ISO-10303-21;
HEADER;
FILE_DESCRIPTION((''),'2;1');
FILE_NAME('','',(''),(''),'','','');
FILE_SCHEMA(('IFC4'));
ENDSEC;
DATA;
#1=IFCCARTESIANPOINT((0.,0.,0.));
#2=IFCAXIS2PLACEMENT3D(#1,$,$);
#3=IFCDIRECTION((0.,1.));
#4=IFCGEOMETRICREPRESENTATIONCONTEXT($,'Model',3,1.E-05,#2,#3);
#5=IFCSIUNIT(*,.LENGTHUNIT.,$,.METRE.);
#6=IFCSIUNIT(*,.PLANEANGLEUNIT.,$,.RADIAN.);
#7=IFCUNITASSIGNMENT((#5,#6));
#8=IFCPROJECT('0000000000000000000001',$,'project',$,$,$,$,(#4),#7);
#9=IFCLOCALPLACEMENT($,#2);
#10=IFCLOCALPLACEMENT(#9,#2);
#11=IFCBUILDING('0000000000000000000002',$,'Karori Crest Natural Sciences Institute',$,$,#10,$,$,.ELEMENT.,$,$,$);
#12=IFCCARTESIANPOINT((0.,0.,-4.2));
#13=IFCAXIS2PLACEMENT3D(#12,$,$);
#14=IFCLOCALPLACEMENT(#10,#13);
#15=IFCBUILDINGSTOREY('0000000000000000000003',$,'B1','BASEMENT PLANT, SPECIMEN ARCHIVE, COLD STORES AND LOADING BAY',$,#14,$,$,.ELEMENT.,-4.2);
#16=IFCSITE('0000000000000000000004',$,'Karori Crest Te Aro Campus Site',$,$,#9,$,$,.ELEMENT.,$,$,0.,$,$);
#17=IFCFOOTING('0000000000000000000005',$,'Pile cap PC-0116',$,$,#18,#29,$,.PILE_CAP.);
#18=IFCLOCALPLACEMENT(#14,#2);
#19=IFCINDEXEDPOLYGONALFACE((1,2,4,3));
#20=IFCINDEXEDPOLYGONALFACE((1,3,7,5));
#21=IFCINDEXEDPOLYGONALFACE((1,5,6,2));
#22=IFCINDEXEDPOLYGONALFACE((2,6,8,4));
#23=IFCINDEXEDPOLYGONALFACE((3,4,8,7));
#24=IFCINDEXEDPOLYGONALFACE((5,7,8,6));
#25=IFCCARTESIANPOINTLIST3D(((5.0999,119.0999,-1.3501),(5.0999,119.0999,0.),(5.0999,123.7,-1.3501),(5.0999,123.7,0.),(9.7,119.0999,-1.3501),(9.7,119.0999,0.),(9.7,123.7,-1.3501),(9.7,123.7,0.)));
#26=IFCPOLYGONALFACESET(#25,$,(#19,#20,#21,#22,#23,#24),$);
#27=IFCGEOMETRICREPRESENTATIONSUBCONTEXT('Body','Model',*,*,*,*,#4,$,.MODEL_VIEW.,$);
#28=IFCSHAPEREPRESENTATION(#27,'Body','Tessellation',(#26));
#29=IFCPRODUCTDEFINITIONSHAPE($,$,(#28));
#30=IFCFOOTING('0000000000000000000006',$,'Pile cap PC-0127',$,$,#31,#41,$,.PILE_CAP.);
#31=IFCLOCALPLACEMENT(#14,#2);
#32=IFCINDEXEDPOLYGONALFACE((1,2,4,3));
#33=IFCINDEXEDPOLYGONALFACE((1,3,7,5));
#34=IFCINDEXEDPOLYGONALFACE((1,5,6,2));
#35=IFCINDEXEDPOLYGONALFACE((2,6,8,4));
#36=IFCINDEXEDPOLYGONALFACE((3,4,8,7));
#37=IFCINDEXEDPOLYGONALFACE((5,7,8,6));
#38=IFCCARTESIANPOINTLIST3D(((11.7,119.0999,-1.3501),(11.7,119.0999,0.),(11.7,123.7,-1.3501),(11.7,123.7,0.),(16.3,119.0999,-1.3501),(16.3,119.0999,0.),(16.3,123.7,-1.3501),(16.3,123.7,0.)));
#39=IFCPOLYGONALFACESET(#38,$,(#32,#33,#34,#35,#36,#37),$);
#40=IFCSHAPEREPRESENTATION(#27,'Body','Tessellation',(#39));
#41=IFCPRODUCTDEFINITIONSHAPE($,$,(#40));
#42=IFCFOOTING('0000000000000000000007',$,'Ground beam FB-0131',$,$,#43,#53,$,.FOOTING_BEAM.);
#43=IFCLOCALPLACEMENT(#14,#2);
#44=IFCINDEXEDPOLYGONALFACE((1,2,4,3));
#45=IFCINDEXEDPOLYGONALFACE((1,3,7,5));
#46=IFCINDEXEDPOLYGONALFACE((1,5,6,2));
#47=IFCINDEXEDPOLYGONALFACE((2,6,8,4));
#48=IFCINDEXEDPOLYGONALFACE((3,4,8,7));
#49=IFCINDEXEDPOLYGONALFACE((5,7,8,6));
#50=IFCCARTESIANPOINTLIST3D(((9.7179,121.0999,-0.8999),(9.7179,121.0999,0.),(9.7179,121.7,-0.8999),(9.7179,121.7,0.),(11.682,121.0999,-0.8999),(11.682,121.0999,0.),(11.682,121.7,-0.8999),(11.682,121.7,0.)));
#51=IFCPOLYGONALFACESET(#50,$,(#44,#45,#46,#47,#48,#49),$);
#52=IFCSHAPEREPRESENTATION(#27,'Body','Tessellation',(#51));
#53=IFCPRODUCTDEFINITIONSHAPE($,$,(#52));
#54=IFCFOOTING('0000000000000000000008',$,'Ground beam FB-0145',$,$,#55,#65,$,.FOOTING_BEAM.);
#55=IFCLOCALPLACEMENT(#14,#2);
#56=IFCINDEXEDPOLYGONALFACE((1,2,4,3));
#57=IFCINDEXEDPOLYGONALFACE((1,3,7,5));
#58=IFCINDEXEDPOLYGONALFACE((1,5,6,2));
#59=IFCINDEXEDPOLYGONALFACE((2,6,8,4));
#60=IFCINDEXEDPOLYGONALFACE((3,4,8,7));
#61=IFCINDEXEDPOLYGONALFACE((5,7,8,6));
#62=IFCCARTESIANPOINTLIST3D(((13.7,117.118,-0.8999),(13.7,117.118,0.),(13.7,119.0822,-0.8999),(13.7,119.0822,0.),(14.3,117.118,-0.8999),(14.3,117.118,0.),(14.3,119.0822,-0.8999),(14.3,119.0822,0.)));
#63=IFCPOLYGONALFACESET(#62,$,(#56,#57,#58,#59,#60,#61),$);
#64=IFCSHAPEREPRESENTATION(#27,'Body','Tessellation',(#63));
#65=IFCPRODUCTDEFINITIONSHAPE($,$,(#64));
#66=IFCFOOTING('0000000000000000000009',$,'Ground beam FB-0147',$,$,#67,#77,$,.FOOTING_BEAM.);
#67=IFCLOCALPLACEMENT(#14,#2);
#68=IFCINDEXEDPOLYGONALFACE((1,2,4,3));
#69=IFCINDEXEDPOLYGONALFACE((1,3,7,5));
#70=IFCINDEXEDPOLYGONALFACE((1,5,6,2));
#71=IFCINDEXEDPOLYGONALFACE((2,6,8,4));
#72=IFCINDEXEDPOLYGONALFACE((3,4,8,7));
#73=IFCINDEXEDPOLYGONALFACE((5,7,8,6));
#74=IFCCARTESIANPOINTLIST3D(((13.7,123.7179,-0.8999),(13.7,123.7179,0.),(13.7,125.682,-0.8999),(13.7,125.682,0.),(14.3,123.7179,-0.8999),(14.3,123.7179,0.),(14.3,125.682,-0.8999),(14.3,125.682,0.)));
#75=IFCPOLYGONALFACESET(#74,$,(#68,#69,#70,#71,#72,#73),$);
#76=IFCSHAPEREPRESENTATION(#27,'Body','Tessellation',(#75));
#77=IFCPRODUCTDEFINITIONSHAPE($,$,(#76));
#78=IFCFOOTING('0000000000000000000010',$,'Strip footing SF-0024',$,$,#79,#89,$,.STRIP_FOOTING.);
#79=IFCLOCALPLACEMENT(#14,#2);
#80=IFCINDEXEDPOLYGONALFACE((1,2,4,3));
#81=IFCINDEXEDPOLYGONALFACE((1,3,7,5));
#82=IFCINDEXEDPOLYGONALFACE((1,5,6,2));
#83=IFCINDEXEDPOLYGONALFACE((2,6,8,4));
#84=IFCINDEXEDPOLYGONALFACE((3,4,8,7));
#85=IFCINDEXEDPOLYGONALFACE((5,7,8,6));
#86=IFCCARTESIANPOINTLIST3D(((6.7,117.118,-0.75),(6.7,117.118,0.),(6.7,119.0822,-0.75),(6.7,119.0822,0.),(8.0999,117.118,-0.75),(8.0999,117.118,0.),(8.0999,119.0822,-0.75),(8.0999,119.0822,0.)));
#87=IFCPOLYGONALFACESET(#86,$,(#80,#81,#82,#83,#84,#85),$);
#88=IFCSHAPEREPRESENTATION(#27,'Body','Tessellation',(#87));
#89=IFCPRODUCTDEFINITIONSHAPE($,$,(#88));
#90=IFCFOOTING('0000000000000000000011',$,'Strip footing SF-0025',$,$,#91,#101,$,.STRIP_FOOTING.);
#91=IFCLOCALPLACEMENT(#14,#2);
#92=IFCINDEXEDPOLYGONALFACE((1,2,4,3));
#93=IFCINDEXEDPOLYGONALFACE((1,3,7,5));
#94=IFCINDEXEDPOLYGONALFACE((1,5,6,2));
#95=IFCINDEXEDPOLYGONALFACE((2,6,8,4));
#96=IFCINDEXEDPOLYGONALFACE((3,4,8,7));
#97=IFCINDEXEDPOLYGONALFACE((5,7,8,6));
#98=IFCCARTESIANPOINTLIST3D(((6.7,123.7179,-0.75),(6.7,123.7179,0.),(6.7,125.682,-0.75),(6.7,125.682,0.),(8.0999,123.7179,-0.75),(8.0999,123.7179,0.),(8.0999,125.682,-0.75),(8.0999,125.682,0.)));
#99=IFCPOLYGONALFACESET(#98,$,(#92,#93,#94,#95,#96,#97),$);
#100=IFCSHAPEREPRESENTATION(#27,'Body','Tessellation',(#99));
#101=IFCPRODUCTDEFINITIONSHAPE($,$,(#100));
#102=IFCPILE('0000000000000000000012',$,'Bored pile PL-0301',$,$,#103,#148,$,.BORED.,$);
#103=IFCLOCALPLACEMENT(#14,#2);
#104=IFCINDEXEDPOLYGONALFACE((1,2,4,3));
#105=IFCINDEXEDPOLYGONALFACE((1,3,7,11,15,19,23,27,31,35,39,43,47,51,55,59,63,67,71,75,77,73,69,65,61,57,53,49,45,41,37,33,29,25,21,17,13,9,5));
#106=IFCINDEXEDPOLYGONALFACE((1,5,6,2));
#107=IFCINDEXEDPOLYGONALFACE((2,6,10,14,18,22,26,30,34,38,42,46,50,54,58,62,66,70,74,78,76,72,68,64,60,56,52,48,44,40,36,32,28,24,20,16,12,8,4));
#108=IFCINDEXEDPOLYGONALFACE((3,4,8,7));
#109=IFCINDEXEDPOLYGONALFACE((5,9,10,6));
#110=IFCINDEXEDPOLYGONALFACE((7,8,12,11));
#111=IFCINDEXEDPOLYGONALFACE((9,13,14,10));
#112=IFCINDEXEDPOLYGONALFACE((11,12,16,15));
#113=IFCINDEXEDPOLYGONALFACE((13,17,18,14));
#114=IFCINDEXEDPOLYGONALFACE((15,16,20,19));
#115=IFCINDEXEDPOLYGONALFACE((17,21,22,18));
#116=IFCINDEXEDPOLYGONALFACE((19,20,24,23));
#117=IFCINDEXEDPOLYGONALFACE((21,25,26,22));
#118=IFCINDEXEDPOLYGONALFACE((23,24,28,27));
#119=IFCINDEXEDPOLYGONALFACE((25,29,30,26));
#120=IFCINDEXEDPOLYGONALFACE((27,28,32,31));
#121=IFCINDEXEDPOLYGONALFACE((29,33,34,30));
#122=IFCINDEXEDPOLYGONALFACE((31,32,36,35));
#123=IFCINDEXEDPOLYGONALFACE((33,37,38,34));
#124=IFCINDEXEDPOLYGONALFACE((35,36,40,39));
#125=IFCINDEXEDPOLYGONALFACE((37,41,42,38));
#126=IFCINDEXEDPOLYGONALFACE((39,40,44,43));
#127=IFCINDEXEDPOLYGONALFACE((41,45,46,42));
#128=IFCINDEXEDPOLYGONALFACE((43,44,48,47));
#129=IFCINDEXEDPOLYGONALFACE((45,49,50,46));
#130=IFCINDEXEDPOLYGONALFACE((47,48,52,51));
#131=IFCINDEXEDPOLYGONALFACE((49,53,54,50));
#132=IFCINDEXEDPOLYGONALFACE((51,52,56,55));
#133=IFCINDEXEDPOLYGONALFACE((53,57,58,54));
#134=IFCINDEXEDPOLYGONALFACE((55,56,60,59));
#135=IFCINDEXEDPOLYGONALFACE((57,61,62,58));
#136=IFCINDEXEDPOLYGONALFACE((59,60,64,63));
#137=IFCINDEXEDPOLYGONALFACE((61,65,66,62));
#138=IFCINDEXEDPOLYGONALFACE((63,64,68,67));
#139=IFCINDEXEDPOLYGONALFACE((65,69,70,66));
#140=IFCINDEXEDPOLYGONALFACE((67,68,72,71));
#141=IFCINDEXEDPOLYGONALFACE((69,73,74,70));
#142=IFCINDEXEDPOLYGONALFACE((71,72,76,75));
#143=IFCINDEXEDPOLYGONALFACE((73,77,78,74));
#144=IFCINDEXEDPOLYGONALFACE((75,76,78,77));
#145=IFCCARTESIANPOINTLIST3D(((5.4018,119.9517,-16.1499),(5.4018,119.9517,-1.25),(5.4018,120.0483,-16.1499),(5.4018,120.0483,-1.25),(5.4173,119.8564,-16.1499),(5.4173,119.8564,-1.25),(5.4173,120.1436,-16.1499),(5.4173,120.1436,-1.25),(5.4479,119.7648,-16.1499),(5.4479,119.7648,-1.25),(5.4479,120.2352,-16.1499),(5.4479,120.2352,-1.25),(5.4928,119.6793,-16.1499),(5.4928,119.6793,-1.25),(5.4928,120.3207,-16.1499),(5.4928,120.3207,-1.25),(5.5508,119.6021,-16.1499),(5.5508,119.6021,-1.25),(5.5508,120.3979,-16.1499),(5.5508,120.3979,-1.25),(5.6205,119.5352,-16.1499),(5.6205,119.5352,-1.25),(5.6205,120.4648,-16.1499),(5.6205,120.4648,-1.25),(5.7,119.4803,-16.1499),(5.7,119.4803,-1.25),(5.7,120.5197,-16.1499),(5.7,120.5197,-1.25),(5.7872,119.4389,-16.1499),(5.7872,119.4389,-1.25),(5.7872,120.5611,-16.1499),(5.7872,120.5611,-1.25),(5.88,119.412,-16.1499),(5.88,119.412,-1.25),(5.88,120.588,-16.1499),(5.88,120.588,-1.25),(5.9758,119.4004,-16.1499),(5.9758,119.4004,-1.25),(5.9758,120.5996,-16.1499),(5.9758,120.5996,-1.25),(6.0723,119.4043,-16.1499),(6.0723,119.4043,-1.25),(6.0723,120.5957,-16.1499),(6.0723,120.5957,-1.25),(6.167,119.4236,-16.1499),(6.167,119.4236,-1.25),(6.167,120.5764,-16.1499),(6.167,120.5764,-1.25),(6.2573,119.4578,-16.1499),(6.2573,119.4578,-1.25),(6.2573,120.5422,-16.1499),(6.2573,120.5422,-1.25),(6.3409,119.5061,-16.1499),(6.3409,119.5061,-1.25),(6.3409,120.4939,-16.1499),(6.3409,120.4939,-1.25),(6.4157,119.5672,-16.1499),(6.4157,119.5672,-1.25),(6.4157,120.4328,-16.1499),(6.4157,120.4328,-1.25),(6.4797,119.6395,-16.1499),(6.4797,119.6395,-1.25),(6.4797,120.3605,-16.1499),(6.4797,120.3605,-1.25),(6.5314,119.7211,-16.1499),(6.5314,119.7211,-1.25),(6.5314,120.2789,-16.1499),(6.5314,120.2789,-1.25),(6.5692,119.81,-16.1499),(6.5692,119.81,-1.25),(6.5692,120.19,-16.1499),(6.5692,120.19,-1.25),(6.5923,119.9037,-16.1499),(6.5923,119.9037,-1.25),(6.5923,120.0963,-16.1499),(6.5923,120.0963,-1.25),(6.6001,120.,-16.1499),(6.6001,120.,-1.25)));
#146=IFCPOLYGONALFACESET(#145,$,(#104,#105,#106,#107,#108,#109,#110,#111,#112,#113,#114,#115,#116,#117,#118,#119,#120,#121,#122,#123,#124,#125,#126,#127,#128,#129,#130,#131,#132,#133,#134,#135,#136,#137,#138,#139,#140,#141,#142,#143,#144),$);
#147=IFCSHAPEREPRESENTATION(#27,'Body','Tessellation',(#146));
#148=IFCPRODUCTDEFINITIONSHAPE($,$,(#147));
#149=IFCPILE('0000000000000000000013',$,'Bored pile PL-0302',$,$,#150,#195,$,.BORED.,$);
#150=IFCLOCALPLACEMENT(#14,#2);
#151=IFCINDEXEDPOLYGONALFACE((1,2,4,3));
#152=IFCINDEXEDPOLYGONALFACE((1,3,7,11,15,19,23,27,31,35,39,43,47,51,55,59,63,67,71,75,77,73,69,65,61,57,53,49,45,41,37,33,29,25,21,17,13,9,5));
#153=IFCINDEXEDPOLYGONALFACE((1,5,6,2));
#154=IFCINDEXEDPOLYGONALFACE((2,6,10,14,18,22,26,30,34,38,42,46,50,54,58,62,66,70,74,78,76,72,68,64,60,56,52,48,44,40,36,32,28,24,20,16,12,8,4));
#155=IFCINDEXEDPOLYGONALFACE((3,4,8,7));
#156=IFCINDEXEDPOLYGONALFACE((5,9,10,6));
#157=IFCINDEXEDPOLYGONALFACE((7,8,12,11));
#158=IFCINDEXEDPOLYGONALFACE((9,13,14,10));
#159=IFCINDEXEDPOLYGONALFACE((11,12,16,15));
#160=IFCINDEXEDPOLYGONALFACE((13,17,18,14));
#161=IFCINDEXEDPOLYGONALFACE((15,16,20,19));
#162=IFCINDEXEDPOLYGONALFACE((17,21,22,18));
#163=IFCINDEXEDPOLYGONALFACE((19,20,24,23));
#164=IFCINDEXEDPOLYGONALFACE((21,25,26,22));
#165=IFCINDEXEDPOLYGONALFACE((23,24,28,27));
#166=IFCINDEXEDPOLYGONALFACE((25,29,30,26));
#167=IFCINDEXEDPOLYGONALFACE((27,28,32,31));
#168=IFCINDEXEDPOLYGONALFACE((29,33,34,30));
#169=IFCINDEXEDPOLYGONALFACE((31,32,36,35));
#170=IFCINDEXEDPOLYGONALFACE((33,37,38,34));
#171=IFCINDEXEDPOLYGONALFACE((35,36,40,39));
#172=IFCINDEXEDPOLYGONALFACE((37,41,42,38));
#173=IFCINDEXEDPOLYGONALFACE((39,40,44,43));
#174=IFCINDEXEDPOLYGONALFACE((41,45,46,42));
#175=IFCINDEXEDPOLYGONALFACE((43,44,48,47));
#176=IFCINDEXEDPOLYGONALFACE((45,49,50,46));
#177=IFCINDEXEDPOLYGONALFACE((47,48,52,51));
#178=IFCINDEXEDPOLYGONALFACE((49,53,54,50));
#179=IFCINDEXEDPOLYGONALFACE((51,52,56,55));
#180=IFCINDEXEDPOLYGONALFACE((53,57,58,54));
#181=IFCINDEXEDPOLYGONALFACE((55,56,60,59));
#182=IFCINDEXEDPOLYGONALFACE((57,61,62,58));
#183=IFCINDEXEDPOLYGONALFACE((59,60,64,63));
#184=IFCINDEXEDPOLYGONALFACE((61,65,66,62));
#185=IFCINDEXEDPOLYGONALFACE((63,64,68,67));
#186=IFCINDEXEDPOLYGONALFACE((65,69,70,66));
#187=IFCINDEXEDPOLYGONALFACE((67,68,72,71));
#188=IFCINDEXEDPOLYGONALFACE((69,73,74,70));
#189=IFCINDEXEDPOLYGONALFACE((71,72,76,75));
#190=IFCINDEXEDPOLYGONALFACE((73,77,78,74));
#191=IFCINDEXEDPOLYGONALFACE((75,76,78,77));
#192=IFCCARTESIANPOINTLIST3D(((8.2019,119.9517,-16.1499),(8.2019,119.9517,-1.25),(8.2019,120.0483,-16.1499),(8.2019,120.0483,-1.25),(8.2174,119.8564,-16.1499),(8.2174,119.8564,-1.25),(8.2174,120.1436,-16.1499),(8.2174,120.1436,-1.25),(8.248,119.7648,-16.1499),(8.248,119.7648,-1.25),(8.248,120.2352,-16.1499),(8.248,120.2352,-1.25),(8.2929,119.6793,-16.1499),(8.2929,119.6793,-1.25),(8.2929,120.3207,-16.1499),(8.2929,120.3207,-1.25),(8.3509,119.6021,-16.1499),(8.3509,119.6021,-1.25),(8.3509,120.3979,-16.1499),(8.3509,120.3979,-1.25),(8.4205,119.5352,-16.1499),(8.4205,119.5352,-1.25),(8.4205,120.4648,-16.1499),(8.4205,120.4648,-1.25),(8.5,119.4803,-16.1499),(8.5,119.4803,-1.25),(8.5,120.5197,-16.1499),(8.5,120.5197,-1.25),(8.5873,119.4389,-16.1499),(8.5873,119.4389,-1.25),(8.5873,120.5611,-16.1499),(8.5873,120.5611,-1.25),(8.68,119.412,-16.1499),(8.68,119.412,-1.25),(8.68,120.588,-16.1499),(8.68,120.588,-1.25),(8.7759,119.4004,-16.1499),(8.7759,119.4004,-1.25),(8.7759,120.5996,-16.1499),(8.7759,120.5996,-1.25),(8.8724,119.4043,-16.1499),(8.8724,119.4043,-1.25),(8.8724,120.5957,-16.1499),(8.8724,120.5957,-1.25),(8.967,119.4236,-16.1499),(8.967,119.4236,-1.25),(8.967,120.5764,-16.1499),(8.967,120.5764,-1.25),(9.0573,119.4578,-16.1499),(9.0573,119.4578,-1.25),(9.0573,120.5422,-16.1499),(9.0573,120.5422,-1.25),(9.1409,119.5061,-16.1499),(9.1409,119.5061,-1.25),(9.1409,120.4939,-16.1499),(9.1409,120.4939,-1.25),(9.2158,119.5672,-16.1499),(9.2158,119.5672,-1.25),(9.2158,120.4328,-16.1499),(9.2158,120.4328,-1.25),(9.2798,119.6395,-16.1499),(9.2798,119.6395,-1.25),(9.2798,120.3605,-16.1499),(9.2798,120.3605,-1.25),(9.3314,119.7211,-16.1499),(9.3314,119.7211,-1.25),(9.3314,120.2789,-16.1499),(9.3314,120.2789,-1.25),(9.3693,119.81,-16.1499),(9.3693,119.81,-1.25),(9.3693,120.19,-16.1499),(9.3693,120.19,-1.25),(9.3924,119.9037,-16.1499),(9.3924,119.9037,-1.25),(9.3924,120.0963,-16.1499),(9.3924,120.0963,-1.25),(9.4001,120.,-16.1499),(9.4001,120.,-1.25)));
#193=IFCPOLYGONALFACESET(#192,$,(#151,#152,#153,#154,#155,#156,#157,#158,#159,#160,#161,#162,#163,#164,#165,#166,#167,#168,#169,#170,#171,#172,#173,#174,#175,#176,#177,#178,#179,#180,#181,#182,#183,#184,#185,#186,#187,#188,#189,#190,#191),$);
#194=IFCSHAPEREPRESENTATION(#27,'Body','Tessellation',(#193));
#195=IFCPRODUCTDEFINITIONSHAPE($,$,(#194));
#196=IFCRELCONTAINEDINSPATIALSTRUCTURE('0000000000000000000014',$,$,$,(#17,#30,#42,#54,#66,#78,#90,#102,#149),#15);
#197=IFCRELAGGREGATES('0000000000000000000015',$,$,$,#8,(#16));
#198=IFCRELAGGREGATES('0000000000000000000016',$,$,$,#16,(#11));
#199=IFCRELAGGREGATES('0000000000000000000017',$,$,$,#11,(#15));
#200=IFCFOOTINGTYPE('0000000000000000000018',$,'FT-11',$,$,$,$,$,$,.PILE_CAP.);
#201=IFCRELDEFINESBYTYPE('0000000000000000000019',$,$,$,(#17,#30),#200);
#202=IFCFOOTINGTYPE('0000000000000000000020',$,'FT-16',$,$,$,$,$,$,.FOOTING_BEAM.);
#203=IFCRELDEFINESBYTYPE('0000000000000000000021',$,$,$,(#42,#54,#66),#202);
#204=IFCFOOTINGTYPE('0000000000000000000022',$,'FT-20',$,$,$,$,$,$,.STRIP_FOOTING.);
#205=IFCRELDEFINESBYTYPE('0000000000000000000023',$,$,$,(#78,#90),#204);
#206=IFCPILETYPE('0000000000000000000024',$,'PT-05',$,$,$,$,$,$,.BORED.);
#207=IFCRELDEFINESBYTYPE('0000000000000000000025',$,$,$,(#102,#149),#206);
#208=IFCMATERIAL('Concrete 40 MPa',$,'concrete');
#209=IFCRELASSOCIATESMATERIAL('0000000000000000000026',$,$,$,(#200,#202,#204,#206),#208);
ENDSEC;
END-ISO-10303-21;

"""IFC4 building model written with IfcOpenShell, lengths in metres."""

from ifc_helpers import new_model, si_unit, direction, frame, origin, origin_2d, place, context, subcontext, project, spatial, rectangle, circle, extrude, material, material_profile, profile_set, type_object, element, save


model = new_model("IFC4")

# Units and contexts
model_context = context("Model", 3, precision=1e-05, world=origin(), true_north=direction((0.0, 1.0)))
body_context = subcontext(model_context, "Body", "Model", "MODEL_VIEW")
ifc_project = project(units=[si_unit("LENGTHUNIT", "METRE"), si_unit("PLANEANGLEUNIT", "RADIAN")], contexts=[model_context])

# Site, building, storey
site_placement = place(None, origin())
site = spatial("IfcSite", under=ifc_project, at=site_placement, Name="Karori Crest Te Aro Campus Site", CompositionType="ELEMENT", RefElevation=0.0)
building_placement = place(site_placement, origin())
building = spatial("IfcBuilding", under=site, at=building_placement, Name="Karori Crest Natural Sciences Institute", CompositionType="ELEMENT")
storey_placement = place(building_placement, frame((0.0, 0.0, -4.2)))
storey = spatial("IfcBuildingStorey", under=building, at=storey_placement, Name="B1", Description="BASEMENT PLANT, SPECIMEN ARCHIVE, COLD STORES AND LOADING BAY", CompositionType="ELEMENT", Elevation=-4.2)

# Footings
ifc_material_1 = material(Name="Concrete 40 MPa", Category="concrete")
footing_type_1 = type_object("IfcFootingType", Name="FT-11", PredefinedType="PILE_CAP", material=ifc_material_1)
for number, where, z_axis, x_axis, name in (
    (1, (7.3999, 121.3999, -1.3501), (0.0, 0.0, 1.0), (1.0, 0.0, 0.0), "Pile cap PC-0116"),
    (2, (14.0, 121.3999, -1.3501), (0.0, 0.0, 1.0), (1.0, 0.0, 0.0), "Pile cap PC-0127"),
):
    element("IfcFooting", number, at=place(storey_placement, frame(where, z_axis=z_axis, x_axis=x_axis)), inside=storey, type_object=footing_type_1, Name=name, PredefinedType="PILE_CAP", context=body_context, shape_type="SweptSolid", body=[
        extrude(rectangle(XDim=4.6001, YDim=4.6001, at=origin_2d()), origin(), (0.0, 0.0, 1.0), 1.3501),
    ])
footing_type_2 = type_object("IfcFootingType", Name="FT-16", PredefinedType="FOOTING_BEAM", material=ifc_material_1)
for number, where, z_axis, x_axis, name in (
    (3, (10.7, 121.3999, -0.8999), (0.0, 0.0, 1.0), (1.0, 0.0, 0.0), "Ground beam FB-0131"),
    (4, (14.0, 118.1001, -0.8999), (0.0, 0.0, 1.0), (0.0, 1.0, 0.0), "Ground beam FB-0145"),
    (5, (14.0, 124.7, -0.8999), (0.0, 0.0, 1.0), (0.0, 1.0, 0.0), "Ground beam FB-0147"),
):
    element("IfcFooting", number, at=place(storey_placement, frame(where, z_axis=z_axis, x_axis=x_axis)), inside=storey, type_object=footing_type_2, Name=name, PredefinedType="FOOTING_BEAM", context=body_context, shape_type="SweptSolid", body=[
        extrude(rectangle(XDim=1.9641, YDim=0.6001, at=origin_2d()), origin(), (0.0, 0.0, 1.0), 0.8999),
    ])
footing_type_3 = type_object("IfcFootingType", Name="FT-20", PredefinedType="STRIP_FOOTING", material=ifc_material_1)
for number, where, z_axis, x_axis, name in (
    (6, (7.3999, 118.1001, -0.75), (0.0, 0.0, 1.0), (0.0, 1.0, 0.0), "Strip footing SF-0024"),
    (7, (7.3999, 124.7, -0.75), (0.0, 0.0, 1.0), (0.0, 1.0, 0.0), "Strip footing SF-0025"),
):
    element("IfcFooting", number, at=place(storey_placement, frame(where, z_axis=z_axis, x_axis=x_axis)), inside=storey, type_object=footing_type_3, Name=name, PredefinedType="STRIP_FOOTING", context=body_context, shape_type="SweptSolid", body=[
        extrude(rectangle(XDim=1.9641, YDim=1.3999, at=origin_2d()), origin(), (0.0, 0.0, 1.0), 0.75),
    ])

# Piles
ifc_material_profile_1 = material_profile(ifc_material_1, circle(Radius=0.6001, at=origin_2d()), Name="PILE1200")
ifc_profile_set_1 = profile_set([ifc_material_profile_1], Name="Concrete 40 MPa")
pile_type = type_object("IfcPileType", Name="PT-05", PredefinedType="BORED", material=ifc_profile_set_1)
for number, where, z_axis, x_axis, name in (
    (8, (6.0, 120.0, -1.25), (0.0, 0.0, -1.0), (1.0, 0.0, 0.0), "Bored pile PL-0301"),
    (9, (8.8, 120.0, -1.25), (0.0, 0.0, -1.0), (1.0, 0.0, 0.0), "Bored pile PL-0302"),
):
    element("IfcPile", number, at=place(storey_placement, frame(where, z_axis=z_axis, x_axis=x_axis)), inside=storey, type_object=pile_type, Name=name, PredefinedType="BORED", context=body_context, shape_type="SweptSolid", body=[
        extrude(circle(Radius=0.6001, at=origin_2d()), origin(), (0.0, 0.0, 1.0), 14.8999),
    ])

save(model, "model.ifc")
